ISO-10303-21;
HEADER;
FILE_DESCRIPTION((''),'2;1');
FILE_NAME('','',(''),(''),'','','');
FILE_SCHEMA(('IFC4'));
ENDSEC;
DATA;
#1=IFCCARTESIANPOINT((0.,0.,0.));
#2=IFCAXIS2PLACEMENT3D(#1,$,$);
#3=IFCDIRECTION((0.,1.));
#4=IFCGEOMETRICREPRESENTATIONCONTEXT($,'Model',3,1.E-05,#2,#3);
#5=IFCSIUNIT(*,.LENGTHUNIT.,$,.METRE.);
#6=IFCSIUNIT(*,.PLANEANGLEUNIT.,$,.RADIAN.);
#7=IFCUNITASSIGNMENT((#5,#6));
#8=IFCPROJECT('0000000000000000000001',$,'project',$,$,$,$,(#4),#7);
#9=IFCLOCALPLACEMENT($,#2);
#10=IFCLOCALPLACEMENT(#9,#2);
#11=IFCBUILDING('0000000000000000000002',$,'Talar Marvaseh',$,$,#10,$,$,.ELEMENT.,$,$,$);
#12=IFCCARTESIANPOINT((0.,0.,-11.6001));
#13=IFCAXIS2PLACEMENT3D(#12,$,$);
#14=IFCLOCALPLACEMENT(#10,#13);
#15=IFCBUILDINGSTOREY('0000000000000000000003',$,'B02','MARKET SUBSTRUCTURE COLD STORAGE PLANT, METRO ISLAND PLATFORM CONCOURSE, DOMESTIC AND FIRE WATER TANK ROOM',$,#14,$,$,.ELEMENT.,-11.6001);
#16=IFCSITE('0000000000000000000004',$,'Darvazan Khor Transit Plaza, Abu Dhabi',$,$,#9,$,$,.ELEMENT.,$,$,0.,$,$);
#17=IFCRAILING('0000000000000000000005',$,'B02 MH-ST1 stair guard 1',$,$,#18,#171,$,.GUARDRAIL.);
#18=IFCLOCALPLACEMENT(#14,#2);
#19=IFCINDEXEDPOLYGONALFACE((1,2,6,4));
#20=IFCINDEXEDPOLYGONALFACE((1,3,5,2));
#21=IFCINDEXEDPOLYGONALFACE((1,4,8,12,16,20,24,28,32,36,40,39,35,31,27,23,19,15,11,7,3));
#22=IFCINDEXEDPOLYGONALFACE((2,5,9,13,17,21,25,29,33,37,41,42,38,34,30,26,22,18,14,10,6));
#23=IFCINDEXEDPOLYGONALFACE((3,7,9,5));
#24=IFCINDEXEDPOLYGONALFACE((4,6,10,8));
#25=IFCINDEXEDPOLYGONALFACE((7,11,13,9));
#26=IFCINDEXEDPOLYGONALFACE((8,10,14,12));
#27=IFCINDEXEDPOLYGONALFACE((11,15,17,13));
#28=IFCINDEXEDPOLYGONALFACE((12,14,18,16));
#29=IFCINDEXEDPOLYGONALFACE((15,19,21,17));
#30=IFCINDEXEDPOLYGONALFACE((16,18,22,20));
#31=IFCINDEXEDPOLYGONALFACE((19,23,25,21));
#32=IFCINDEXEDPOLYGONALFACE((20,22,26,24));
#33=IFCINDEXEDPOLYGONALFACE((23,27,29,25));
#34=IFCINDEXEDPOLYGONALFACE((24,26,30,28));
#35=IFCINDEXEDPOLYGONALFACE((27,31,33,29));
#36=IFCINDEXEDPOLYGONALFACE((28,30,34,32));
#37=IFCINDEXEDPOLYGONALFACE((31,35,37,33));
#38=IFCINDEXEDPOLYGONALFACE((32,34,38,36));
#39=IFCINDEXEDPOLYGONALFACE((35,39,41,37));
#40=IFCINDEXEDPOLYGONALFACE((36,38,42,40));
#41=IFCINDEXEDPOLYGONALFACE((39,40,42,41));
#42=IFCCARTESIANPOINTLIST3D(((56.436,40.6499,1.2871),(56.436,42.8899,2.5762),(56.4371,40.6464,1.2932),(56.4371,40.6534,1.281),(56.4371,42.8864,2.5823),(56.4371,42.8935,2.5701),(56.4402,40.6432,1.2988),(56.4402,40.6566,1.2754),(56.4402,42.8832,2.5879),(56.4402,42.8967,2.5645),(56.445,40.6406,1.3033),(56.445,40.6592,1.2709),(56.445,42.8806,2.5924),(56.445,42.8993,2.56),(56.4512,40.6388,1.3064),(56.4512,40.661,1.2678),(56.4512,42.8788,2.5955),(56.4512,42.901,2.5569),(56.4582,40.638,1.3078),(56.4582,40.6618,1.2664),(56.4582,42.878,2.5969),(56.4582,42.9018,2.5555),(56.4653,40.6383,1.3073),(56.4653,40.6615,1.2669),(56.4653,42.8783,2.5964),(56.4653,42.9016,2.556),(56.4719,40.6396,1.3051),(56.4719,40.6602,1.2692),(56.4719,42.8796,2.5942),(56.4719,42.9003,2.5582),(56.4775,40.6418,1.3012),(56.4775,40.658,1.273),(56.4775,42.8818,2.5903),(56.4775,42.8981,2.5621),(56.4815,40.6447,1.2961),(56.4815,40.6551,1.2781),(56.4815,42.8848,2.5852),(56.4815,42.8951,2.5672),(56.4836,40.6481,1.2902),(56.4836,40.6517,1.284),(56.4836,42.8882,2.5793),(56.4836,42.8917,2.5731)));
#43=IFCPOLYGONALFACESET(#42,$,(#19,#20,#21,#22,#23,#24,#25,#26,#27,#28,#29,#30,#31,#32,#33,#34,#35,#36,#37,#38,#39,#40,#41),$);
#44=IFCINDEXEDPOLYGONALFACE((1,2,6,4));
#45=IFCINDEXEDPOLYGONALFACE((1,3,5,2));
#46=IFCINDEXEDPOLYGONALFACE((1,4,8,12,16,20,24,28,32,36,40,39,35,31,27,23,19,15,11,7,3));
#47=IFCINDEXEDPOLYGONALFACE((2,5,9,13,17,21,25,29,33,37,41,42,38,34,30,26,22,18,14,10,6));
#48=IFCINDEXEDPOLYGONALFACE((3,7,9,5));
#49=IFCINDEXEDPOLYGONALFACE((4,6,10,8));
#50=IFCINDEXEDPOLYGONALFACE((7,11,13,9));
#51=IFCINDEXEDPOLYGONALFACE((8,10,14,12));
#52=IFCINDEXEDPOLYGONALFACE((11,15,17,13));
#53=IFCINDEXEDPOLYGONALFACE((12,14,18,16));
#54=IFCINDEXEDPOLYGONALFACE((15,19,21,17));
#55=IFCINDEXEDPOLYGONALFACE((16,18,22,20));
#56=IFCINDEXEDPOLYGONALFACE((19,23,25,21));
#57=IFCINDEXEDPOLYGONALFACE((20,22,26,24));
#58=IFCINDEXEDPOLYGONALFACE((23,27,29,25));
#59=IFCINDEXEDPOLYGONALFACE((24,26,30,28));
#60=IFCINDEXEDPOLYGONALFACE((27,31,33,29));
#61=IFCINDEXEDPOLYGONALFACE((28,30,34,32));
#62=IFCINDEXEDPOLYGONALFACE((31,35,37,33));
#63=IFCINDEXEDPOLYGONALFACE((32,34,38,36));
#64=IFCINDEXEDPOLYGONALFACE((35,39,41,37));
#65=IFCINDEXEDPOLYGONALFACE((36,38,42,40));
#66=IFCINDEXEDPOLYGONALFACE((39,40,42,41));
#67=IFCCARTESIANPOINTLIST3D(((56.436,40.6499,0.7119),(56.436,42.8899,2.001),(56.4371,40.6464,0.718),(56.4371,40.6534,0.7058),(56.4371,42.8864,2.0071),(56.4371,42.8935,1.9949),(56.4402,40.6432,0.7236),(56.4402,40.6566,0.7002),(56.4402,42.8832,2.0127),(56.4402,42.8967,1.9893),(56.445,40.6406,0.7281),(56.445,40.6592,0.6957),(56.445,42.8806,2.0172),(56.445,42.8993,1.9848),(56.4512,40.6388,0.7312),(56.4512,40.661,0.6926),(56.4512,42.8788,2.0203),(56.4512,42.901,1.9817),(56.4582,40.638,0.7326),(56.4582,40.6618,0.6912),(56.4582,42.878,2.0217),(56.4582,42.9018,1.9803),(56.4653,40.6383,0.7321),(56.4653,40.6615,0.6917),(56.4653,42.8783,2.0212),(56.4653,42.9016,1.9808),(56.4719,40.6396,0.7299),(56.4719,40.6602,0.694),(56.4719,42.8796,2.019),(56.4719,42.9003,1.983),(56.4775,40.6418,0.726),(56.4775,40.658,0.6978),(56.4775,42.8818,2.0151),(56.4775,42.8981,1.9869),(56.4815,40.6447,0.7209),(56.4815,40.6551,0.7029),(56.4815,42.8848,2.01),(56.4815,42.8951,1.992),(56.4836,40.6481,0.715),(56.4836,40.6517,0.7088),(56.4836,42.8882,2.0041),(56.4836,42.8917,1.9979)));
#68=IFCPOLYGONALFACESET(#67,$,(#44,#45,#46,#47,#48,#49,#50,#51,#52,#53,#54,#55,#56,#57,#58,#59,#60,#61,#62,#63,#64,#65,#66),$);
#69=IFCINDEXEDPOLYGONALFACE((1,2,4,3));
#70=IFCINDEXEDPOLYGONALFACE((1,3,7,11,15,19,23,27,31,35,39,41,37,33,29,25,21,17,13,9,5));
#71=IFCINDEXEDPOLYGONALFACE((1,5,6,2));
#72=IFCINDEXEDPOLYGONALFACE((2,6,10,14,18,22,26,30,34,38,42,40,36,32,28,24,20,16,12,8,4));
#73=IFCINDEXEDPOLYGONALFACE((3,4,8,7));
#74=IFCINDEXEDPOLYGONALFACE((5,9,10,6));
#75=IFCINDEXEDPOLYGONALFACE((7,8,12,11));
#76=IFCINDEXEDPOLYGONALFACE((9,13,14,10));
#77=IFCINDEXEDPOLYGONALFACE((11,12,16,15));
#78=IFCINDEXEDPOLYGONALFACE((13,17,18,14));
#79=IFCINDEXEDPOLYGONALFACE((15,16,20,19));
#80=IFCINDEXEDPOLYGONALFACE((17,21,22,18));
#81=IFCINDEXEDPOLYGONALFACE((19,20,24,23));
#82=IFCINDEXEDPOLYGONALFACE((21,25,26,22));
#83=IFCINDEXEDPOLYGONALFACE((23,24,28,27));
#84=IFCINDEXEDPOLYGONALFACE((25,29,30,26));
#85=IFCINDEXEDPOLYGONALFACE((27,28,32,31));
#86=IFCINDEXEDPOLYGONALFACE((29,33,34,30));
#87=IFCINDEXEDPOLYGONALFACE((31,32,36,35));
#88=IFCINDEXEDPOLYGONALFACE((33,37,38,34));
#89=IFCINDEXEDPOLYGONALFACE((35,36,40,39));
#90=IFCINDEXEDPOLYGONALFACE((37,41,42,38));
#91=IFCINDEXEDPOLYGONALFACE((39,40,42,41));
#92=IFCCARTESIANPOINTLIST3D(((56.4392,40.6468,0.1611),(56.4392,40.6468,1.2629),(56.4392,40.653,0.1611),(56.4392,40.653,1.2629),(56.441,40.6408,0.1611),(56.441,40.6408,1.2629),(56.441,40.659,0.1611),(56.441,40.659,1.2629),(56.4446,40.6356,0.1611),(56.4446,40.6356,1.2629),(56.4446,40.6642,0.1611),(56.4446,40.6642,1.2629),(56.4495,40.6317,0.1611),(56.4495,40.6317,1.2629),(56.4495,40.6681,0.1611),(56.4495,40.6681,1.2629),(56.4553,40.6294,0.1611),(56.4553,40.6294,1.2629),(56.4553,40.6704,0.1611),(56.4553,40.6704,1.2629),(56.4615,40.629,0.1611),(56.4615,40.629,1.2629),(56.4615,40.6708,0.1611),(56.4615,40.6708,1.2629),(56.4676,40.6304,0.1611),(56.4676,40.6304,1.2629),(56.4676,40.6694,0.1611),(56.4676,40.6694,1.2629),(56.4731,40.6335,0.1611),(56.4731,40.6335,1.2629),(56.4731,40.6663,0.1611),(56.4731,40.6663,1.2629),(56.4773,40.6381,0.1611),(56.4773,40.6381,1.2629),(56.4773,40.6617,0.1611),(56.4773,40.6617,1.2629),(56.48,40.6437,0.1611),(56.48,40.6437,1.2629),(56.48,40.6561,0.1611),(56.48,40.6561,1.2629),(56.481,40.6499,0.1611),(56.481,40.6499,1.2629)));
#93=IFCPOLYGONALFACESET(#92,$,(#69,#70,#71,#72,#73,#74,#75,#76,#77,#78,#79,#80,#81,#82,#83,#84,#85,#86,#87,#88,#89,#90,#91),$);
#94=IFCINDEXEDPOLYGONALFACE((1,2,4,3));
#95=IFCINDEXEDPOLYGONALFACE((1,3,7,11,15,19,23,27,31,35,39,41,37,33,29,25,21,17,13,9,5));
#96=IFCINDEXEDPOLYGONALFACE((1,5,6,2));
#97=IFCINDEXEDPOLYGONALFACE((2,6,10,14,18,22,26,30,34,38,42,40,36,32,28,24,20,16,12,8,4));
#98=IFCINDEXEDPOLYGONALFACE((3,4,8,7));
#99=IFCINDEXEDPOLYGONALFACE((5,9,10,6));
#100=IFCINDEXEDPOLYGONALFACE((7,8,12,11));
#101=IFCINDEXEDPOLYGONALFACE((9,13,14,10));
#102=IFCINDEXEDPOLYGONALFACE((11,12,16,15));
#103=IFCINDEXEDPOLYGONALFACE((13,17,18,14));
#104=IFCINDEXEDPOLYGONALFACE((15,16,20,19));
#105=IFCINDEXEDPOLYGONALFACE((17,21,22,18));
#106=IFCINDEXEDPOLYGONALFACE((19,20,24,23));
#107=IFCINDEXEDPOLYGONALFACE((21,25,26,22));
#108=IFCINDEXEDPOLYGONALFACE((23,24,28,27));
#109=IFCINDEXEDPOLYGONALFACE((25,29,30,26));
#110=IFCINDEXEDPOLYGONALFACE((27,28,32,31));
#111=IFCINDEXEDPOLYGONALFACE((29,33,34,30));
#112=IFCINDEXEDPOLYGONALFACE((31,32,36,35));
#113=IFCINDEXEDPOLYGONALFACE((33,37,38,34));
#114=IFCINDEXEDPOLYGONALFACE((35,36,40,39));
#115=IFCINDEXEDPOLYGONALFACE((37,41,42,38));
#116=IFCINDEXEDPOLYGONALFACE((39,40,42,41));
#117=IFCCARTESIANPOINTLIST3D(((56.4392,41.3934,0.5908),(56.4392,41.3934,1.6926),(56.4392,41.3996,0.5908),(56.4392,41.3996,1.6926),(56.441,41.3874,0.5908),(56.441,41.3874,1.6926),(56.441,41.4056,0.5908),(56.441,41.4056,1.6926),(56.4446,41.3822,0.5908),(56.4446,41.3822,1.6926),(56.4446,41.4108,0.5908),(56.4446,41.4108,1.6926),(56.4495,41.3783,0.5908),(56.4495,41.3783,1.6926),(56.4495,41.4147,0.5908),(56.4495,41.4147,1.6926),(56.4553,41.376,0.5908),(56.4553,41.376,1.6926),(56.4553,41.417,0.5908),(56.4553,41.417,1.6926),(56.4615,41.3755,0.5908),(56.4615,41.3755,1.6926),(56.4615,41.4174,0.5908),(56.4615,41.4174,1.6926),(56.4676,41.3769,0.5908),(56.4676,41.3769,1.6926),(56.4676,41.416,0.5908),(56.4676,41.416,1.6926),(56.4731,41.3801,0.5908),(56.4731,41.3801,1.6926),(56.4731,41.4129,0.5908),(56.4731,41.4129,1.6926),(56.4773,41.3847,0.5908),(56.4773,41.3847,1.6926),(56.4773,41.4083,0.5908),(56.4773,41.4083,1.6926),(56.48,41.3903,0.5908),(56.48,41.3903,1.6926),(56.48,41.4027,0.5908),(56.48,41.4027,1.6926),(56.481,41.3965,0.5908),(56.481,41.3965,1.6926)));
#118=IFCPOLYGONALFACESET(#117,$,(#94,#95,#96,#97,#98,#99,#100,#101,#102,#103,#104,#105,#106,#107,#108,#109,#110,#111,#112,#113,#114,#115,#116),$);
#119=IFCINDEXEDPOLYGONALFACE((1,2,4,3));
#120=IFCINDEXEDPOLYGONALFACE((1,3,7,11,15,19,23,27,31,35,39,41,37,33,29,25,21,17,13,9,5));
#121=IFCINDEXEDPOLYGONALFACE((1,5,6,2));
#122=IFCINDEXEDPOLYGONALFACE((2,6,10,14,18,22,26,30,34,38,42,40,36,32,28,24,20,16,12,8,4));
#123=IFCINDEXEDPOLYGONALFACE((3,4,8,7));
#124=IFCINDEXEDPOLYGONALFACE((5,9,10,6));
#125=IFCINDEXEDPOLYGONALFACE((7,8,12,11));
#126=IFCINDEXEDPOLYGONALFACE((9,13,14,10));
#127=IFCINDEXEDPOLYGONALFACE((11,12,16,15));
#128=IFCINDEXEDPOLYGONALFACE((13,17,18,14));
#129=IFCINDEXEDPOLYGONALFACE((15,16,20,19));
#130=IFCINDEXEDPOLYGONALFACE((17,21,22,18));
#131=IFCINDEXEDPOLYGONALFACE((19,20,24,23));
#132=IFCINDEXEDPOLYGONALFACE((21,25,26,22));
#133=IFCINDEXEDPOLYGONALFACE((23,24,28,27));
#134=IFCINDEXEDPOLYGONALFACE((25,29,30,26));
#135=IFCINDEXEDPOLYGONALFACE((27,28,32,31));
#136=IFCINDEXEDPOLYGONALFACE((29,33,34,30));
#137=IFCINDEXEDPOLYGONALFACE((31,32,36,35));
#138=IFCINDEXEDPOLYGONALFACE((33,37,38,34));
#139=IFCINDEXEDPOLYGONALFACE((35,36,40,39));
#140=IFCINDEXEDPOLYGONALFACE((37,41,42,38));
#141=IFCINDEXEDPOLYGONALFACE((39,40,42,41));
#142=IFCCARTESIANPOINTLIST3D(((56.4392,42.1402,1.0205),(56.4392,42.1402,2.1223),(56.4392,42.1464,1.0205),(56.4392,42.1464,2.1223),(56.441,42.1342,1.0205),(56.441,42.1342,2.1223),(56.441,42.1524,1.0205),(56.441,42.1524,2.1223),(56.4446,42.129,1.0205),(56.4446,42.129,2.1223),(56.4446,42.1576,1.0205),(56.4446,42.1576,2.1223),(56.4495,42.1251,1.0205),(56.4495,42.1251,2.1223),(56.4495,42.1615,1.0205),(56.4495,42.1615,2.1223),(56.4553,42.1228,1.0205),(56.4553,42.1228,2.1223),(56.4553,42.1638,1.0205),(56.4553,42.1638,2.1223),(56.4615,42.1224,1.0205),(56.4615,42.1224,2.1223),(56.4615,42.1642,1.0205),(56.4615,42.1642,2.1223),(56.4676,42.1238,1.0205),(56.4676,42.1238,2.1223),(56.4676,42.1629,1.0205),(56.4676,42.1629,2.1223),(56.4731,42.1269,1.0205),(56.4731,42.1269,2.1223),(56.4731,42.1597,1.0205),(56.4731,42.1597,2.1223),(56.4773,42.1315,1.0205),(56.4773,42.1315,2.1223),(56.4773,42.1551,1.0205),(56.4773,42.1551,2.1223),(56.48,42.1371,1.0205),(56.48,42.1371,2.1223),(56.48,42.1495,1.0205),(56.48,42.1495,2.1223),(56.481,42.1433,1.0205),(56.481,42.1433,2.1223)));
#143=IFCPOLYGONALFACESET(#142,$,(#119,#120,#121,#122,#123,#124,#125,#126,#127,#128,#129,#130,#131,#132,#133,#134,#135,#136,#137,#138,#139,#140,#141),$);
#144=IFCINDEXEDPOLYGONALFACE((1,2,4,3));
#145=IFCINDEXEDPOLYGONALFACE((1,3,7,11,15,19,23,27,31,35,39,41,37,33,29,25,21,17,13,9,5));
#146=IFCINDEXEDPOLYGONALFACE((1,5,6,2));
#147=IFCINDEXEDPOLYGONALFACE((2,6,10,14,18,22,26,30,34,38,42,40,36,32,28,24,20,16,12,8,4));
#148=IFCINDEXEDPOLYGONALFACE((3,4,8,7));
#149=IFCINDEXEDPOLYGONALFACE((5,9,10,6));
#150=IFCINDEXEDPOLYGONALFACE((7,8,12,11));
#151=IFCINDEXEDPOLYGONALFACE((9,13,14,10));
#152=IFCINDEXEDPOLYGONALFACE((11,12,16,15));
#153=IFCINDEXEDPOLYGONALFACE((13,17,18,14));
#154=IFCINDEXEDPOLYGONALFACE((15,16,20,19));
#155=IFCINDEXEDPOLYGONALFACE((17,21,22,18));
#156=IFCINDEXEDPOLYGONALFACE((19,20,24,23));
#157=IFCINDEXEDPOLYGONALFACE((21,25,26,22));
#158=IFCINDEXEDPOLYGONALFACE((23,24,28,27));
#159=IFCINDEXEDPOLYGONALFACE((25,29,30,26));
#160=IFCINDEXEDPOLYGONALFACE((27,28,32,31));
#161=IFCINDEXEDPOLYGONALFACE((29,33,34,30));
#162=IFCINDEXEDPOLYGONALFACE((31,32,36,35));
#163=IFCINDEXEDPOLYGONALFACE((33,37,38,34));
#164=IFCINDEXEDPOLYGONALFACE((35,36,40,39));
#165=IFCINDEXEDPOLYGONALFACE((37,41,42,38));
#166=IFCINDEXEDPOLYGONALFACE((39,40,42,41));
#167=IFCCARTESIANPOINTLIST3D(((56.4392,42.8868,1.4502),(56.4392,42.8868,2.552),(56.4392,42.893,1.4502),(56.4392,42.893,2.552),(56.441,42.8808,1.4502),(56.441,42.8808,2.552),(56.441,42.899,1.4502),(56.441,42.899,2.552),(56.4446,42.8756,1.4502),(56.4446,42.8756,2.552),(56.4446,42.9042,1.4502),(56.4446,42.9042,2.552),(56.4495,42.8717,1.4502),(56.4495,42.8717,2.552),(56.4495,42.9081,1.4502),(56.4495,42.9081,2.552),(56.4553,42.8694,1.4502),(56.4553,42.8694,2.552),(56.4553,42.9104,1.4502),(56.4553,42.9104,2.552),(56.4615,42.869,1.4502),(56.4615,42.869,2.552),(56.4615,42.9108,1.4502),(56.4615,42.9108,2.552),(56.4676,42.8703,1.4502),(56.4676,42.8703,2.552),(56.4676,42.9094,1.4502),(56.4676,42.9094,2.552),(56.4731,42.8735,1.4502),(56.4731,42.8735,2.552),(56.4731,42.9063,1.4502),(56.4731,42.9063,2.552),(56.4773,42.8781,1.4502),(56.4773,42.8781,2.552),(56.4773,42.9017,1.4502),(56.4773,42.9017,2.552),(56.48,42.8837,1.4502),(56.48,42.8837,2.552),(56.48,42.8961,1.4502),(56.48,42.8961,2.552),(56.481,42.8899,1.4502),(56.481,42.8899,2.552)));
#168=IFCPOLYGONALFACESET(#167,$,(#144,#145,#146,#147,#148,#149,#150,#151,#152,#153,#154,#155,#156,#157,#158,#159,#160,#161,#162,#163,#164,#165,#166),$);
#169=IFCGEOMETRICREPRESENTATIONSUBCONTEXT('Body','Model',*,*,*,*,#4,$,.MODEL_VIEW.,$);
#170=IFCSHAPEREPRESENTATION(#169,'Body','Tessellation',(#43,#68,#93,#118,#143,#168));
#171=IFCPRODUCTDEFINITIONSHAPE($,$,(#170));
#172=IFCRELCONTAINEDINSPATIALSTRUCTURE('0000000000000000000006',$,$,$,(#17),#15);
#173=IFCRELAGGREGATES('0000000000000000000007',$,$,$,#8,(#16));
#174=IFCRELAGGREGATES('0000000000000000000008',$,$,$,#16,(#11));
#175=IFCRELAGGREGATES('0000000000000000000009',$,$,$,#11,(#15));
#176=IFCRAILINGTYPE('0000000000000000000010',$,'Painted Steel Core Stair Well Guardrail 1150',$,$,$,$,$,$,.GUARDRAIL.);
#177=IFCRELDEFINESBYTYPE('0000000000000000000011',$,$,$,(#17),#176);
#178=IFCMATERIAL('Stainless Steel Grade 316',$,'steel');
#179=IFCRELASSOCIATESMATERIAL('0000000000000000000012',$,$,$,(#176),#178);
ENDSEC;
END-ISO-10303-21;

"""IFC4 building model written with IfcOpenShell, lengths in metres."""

from ifc_helpers import new_model, si_unit, direction, frame, origin, origin_2d, place, context, subcontext, project, spatial, circle, extrude, material, type_object, element, save


model = new_model("IFC4")

# Units and contexts
model_context = context("Model", 3, precision=1e-05, world=origin(), true_north=direction((0.0, 1.0)))
body_context = subcontext(model_context, "Body", "Model", "MODEL_VIEW")
ifc_project = project(units=[si_unit("LENGTHUNIT", "METRE"), si_unit("PLANEANGLEUNIT", "RADIAN")], contexts=[model_context])

# Site, building, storey
site_placement = place(None, origin())
site = spatial("IfcSite", under=ifc_project, at=site_placement, Name="Darvazan Khor Transit Plaza, Abu Dhabi", CompositionType="ELEMENT", RefElevation=0.0)
building_placement = place(site_placement, origin())
building = spatial("IfcBuilding", under=site, at=building_placement, Name="Talar Marvaseh", CompositionType="ELEMENT")
storey_placement = place(building_placement, frame((0.0, 0.0, -11.6001)))
storey = spatial("IfcBuildingStorey", under=building, at=storey_placement, Name="B02", Description="MARKET SUBSTRUCTURE COLD STORAGE PLANT, METRO ISLAND PLATFORM CONCOURSE, DOMESTIC AND FIRE WATER TANK ROOM", CompositionType="ELEMENT", Elevation=-11.6001)

# Railing
ifc_material_1 = material(Name="Stainless Steel Grade 316", Category="steel")
railing_type_1 = type_object("IfcRailingType", Name="Painted Steel Core Stair Well Guardrail 1150", PredefinedType="GUARDRAIL", material=ifc_material_1)
railing_1_placement = place(storey_placement, frame((56.46, 40.6499, 0.1611)))
element("IfcRailing", 1, at=railing_1_placement, inside=storey, type_object=railing_type_1, Name="B02 MH-ST1 stair guard 1", PredefinedType="GUARDRAIL", context=body_context, shape_type="SweptSolid", body=[
    extrude(circle(Radius=0.0239, at=origin_2d()), frame((0.0, 0.0, 1.126), z_axis=(0.0, 0.866728, 0.498782), x_axis=(-1.0, 0.0, 0.0)), (0.0, 0.0, 1.0), 2.5845),
    extrude(circle(Radius=0.0239, at=origin_2d()), frame((0.0, 0.0, 0.5508), z_axis=(0.0, 0.866728, 0.498782), x_axis=(-1.0, 0.0, 0.0)), (0.0, 0.0, 1.0), 2.5845),
    extrude(circle(Radius=0.021, at=origin_2d()), origin(), (0.0, 0.0, 1.0), 1.1018),
    extrude(circle(Radius=0.021, at=origin_2d()), frame((0.0, 0.7466, 0.4297)), (0.0, 0.0, 1.0), 1.1018),
    extrude(circle(Radius=0.021, at=origin_2d()), frame((0.0, 1.4934, 0.8594)), (0.0, 0.0, 1.0), 1.1018),
    extrude(circle(Radius=0.021, at=origin_2d()), frame((0.0, 2.24, 1.2891)), (0.0, 0.0, 1.0), 1.1018),
])

save(model, "model.ifc")
